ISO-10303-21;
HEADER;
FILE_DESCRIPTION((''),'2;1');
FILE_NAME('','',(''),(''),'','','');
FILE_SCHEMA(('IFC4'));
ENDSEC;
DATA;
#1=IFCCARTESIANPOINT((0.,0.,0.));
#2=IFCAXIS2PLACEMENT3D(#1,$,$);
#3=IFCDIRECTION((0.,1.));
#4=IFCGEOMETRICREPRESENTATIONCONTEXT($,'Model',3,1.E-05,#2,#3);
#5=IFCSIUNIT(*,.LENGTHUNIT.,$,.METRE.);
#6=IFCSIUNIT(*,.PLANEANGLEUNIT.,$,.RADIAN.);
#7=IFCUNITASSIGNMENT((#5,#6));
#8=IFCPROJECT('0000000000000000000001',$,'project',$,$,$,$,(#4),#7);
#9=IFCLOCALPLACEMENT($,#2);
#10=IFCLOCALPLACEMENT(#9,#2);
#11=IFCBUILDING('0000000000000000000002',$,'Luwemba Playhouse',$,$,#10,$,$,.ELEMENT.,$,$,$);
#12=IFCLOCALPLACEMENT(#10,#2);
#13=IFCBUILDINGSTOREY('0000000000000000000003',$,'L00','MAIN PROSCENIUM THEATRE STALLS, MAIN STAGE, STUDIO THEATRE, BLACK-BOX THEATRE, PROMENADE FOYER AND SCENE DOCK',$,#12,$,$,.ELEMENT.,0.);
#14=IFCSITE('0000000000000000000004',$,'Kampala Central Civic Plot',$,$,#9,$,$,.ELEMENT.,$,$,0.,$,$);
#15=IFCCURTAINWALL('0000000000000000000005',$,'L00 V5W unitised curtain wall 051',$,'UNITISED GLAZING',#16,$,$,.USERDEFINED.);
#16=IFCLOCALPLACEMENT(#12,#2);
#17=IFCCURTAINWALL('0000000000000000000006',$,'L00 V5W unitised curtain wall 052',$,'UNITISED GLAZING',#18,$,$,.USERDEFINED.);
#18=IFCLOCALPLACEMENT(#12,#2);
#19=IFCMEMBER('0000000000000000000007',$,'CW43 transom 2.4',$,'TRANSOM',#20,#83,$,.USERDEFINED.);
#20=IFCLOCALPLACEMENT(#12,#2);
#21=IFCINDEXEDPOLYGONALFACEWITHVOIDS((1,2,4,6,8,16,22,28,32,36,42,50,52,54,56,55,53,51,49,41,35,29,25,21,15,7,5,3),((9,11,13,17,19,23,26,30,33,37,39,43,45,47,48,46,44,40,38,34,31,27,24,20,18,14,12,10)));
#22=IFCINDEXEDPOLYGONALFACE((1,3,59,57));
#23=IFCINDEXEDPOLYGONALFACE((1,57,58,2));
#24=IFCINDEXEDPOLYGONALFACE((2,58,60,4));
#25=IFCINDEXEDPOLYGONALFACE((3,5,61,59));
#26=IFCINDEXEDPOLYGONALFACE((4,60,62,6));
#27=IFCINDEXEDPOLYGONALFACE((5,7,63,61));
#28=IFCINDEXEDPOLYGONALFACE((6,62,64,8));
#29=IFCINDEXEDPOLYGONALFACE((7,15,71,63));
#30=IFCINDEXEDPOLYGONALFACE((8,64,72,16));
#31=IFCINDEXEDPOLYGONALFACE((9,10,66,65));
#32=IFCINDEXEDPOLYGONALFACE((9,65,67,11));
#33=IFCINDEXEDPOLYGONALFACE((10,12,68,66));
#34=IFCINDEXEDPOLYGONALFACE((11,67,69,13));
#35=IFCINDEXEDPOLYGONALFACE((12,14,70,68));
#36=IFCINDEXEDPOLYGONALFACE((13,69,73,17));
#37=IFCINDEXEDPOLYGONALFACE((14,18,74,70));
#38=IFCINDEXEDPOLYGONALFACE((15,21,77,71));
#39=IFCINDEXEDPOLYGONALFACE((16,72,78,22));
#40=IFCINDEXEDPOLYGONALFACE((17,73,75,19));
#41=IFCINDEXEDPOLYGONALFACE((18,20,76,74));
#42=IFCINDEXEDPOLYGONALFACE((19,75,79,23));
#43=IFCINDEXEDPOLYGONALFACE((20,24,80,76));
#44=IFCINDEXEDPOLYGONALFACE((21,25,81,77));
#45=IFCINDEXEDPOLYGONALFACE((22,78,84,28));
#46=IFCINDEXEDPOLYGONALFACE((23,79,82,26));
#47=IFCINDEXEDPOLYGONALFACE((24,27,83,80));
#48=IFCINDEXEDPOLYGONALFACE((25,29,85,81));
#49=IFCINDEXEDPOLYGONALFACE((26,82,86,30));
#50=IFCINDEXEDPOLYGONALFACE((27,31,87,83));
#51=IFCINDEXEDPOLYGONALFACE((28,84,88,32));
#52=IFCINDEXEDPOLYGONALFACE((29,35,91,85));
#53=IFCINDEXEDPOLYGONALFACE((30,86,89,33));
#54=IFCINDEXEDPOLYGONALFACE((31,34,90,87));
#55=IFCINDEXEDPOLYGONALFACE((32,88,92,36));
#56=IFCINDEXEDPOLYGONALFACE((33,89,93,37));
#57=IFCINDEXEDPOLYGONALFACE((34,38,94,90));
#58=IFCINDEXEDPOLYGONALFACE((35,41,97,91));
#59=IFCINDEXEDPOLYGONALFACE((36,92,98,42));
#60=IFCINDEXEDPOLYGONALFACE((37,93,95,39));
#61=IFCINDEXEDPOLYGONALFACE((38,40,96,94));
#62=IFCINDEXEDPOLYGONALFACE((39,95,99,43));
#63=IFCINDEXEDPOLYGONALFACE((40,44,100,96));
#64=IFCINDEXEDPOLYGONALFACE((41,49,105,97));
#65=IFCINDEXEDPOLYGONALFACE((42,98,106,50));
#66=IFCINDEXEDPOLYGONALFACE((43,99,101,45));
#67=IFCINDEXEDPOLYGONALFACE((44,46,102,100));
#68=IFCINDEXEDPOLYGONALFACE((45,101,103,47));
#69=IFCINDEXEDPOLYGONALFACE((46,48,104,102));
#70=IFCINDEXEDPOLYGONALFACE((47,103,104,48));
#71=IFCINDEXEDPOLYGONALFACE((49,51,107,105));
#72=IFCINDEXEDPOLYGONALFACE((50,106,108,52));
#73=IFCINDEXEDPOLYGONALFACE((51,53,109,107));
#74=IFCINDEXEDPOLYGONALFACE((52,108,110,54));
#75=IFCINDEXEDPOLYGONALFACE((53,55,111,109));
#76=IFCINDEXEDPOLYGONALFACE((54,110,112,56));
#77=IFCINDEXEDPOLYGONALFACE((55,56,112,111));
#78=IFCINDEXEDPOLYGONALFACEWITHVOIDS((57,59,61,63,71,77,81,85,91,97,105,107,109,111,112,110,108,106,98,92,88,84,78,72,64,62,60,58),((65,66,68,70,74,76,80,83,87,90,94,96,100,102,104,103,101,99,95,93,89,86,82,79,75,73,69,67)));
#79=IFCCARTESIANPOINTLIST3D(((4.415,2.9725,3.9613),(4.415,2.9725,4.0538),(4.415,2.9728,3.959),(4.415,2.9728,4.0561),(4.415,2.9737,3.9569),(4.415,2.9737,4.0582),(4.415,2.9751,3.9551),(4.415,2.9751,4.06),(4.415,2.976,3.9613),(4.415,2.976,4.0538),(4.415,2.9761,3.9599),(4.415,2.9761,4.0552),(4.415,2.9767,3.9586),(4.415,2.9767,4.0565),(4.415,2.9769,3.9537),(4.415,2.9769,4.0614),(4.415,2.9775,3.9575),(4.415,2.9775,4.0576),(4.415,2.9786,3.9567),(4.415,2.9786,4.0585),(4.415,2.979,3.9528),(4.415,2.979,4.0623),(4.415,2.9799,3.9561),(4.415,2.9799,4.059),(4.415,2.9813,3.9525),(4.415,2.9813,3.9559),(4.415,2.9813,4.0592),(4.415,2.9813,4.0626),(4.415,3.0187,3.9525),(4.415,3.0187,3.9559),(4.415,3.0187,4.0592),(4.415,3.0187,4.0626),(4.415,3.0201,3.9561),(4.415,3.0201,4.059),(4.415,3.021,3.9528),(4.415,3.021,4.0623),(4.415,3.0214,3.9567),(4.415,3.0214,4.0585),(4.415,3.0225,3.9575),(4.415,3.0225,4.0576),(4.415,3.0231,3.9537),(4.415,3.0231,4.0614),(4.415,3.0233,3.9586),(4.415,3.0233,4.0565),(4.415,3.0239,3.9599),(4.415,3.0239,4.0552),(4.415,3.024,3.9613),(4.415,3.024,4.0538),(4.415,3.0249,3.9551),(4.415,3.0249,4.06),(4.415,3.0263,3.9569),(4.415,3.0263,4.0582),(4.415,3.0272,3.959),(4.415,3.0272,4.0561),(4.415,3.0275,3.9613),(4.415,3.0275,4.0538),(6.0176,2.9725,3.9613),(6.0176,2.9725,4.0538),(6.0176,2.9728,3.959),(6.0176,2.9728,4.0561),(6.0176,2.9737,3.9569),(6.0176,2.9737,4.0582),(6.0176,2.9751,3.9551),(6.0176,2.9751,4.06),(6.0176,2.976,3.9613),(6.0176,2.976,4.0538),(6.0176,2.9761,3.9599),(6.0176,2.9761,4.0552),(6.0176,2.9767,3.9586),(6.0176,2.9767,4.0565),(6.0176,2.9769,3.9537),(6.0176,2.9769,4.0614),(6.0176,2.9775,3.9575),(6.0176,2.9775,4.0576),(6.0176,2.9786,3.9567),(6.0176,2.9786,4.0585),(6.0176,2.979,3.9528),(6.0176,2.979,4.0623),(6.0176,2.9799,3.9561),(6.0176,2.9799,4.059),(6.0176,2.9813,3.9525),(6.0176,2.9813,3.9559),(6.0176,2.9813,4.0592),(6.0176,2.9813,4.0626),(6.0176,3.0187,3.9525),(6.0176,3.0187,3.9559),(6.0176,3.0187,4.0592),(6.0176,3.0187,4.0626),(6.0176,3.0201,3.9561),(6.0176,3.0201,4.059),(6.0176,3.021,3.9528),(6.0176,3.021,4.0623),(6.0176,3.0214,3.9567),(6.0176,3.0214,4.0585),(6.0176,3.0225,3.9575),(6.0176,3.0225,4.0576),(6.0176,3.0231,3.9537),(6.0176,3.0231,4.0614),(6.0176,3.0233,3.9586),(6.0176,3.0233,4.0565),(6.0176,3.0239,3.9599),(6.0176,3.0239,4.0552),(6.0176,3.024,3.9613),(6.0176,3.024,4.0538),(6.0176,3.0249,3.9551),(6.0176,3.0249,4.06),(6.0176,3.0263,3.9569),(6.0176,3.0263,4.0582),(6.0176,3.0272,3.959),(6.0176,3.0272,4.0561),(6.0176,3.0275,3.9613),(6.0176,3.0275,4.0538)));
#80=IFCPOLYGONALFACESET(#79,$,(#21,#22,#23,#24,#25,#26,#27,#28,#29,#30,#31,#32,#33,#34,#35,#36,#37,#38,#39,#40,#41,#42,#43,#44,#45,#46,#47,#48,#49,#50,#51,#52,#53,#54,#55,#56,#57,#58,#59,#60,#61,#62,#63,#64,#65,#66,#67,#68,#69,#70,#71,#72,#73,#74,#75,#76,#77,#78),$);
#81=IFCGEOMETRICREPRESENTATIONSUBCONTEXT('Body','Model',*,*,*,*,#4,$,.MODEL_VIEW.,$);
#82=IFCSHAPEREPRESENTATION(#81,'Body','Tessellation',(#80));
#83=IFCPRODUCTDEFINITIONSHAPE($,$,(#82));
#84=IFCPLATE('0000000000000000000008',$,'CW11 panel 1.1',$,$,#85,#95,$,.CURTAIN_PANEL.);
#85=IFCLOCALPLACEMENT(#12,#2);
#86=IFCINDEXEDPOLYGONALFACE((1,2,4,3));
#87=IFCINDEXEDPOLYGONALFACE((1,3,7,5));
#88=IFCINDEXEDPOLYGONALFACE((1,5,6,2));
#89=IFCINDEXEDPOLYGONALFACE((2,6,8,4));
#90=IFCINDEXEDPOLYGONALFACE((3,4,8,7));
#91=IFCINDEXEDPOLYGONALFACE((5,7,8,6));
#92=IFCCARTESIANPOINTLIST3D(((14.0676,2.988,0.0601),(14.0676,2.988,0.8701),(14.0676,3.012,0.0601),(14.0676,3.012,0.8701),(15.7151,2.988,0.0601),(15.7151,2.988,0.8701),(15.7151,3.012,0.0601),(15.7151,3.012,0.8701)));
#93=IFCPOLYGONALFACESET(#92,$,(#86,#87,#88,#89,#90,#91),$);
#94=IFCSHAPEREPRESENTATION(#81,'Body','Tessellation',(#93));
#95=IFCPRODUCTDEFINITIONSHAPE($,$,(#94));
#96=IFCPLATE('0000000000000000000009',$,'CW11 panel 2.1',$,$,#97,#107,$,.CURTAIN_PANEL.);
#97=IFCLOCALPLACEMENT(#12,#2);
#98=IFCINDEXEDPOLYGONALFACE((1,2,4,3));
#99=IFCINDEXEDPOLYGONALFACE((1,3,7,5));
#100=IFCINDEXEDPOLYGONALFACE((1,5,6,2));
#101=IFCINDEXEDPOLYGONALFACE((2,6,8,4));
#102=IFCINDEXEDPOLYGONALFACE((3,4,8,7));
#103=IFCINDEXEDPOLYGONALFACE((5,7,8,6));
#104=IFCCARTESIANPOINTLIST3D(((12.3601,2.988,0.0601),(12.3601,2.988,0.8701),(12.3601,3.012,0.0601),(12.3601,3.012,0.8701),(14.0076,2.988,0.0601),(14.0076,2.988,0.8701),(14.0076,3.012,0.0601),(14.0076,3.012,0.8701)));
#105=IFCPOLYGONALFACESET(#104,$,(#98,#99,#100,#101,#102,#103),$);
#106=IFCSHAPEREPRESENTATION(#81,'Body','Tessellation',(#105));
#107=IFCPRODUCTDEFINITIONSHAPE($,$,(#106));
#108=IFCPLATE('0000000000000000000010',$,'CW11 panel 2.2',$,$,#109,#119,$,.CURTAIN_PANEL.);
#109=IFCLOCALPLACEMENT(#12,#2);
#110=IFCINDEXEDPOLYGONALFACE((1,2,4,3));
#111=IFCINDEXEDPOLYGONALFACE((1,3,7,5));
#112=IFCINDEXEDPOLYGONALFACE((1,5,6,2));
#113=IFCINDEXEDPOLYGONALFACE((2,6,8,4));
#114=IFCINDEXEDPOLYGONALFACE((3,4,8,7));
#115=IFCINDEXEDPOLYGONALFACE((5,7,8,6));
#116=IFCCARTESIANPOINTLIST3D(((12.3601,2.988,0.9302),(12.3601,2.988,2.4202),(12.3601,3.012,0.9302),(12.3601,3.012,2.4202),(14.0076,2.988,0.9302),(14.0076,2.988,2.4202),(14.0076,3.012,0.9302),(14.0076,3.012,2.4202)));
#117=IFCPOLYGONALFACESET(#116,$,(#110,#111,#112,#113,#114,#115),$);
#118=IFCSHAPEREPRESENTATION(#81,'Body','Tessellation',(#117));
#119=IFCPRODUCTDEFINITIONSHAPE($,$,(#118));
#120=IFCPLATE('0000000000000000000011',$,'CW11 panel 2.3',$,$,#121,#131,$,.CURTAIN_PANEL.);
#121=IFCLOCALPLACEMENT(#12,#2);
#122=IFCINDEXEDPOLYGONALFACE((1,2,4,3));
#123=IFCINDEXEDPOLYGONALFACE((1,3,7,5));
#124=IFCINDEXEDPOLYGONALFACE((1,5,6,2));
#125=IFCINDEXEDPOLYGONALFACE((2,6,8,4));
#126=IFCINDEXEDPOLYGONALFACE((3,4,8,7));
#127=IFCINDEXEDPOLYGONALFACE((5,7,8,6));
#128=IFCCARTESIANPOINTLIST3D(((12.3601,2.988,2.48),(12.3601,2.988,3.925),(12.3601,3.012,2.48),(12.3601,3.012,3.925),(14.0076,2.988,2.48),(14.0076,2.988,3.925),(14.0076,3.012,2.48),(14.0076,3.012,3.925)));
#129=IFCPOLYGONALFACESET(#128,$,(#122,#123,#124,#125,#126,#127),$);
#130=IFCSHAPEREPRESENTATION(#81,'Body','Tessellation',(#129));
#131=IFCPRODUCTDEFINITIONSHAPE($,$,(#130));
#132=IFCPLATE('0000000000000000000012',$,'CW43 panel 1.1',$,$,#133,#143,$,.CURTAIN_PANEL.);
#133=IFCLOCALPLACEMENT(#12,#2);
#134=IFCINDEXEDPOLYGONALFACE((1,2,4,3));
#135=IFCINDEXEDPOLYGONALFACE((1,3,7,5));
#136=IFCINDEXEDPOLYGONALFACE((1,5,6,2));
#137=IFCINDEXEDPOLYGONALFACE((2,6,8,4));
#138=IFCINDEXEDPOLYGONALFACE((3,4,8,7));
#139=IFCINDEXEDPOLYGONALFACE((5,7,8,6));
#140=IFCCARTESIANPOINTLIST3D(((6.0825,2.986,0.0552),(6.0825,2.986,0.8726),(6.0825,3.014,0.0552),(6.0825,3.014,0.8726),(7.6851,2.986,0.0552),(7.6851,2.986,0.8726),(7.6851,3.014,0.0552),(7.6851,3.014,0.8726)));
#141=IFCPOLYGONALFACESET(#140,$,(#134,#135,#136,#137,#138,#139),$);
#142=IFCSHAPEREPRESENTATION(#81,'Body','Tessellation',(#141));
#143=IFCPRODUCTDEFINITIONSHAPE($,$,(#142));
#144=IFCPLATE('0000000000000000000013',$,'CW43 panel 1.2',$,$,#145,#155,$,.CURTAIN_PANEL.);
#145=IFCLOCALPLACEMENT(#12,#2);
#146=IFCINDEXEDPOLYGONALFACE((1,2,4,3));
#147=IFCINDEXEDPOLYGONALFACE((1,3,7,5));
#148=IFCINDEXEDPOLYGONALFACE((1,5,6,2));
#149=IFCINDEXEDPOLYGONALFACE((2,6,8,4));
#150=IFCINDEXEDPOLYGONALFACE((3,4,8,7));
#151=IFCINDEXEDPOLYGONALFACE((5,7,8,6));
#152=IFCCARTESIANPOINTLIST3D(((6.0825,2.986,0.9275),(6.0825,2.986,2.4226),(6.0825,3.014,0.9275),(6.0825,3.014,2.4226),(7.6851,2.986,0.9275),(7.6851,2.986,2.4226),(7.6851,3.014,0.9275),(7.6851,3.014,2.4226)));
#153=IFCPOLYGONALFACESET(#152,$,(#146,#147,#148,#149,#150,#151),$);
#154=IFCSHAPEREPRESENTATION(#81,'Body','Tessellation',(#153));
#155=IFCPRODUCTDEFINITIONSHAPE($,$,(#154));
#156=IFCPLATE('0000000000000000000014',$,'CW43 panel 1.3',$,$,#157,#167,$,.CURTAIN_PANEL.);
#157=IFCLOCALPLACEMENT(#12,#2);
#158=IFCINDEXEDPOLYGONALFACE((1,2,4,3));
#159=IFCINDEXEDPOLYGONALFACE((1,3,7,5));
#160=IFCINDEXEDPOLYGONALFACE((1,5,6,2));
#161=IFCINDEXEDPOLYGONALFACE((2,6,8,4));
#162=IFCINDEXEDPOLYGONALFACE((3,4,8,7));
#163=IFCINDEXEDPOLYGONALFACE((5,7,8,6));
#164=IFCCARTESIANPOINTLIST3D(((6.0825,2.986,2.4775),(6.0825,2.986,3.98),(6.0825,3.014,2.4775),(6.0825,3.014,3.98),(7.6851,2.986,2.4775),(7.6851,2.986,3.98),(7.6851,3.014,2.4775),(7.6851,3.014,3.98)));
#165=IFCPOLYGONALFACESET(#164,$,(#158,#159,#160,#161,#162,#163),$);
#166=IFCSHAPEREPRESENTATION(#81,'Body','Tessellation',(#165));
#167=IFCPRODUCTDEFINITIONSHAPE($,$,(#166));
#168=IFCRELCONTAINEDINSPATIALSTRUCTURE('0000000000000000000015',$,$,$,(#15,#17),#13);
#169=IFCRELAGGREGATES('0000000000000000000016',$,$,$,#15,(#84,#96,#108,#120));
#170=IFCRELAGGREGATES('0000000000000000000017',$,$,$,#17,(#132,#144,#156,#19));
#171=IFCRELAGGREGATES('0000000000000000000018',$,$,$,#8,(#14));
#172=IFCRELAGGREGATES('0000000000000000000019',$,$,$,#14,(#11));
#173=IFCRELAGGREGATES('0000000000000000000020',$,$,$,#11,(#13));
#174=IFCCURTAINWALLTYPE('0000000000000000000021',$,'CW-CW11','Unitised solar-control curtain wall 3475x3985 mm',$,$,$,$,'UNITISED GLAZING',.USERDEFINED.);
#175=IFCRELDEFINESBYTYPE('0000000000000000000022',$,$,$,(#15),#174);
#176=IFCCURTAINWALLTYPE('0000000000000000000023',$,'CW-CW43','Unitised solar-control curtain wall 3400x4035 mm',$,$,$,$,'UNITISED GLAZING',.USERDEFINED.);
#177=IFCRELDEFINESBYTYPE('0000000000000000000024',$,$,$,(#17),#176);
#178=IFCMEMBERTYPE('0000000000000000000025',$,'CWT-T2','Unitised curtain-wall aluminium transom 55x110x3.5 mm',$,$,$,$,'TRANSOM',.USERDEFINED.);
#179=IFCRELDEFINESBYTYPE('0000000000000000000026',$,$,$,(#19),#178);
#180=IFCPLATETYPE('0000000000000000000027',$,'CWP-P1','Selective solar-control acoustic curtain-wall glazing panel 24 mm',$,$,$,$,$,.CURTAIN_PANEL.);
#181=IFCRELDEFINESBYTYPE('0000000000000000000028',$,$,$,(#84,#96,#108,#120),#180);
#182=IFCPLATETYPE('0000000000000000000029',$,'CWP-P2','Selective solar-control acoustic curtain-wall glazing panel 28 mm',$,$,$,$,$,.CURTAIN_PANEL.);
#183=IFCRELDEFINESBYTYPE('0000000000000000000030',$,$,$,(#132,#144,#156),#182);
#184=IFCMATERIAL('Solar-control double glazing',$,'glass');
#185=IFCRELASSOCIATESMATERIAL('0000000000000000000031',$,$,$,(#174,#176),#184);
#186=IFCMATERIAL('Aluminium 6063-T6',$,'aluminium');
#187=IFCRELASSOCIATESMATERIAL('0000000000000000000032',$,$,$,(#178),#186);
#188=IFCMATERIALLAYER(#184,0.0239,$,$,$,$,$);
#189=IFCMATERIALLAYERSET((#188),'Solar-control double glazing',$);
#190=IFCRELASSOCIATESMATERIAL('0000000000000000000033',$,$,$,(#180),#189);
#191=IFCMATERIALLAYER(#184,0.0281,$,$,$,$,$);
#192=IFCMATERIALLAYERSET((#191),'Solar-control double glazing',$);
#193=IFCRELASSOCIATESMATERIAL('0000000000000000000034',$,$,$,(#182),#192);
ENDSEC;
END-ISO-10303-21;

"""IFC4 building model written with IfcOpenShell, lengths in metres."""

from ifc_helpers import new_model, si_unit, direction, frame, origin, origin_2d, place, context, subcontext, project, spatial, rectangle, hollow_rectangle, extrude, material, layer, layer_set, material_profile, profile_set, type_object, element, aggregate, save


model = new_model("IFC4")

# Units and contexts
model_context = context("Model", 3, precision=1e-05, world=origin(), true_north=direction((0.0, 1.0)))
body_context = subcontext(model_context, "Body", "Model", "MODEL_VIEW")
ifc_project = project(units=[si_unit("LENGTHUNIT", "METRE"), si_unit("PLANEANGLEUNIT", "RADIAN")], contexts=[model_context])

# Site, building, storey
site_placement = place(None, origin())
site = spatial("IfcSite", under=ifc_project, at=site_placement, Name="Kampala Central Civic Plot", CompositionType="ELEMENT", RefElevation=0.0)
building_placement = place(site_placement, origin())
building = spatial("IfcBuilding", under=site, at=building_placement, Name="Luwemba Playhouse", CompositionType="ELEMENT")
storey_placement = place(building_placement, origin())
storey = spatial("IfcBuildingStorey", under=building, at=storey_placement, Name="L00", Description="MAIN PROSCENIUM THEATRE STALLS, MAIN STAGE, STUDIO THEATRE, BLACK-BOX THEATRE, PROMENADE FOYER AND SCENE DOCK", CompositionType="ELEMENT", Elevation=0.0)

# Curtain walls
ifc_material_1 = material(Name="Solar-control double glazing", Category="glass")
curtain_wall_type_1 = type_object("IfcCurtainWallType", Name="CW-CW11", Description="Unitised solar-control curtain wall 3475x3985 mm", ElementType="UNITISED GLAZING", PredefinedType="USERDEFINED", material=ifc_material_1)
curtain_wall_1_placement = place(storey_placement, origin())
curtain_wall_1 = element("IfcCurtainWall", 1, at=curtain_wall_1_placement, inside=storey, type_object=curtain_wall_type_1, Name="L00 V5W unitised curtain wall 051", ObjectType="UNITISED GLAZING", PredefinedType="USERDEFINED")
ifc_material_2 = material(Name="Aluminium 6063-T6", Category="aluminium")
curtain_wall_type_2 = type_object("IfcCurtainWallType", Name="CW-CW43", Description="Unitised solar-control curtain wall 3400x4035 mm", ElementType="UNITISED GLAZING", PredefinedType="USERDEFINED", material=ifc_material_1)
curtain_wall_2_placement = place(storey_placement, origin())
curtain_wall_2 = element("IfcCurtainWall", 2, at=curtain_wall_2_placement, inside=storey, type_object=curtain_wall_type_2, Name="L00 V5W unitised curtain wall 052", ObjectType="UNITISED GLAZING", PredefinedType="USERDEFINED")

# Member
ifc_material_profile_1 = material_profile(ifc_material_2, hollow_rectangle(XDim=0.0549, YDim=0.1101, WallThickness=0.0034, InnerFilletRadius=0.0054, OuterFilletRadius=0.0088, at=origin_2d()))
ifc_profile_set_1 = profile_set([ifc_material_profile_1], Name="Aluminium 6063-T6")
member_type_1 = type_object("IfcMemberType", Name="CWT-T2", Description="Unitised curtain-wall aluminium transom 55x110x3.5 mm", ElementType="TRANSOM", PredefinedType="USERDEFINED", material=ifc_profile_set_1)
member_1_placement = place(storey_placement, frame((6.0176, 3.0, 4.0076), z_axis=(-1.0, 0.0, 0.0), x_axis=(0.0, -1.0, 0.0)))
member_1 = element("IfcMember", 3, at=member_1_placement, type_object=member_type_1, Name="CW43 transom 2.4", ObjectType="TRANSOM", PredefinedType="USERDEFINED", context=body_context, shape_type="SweptSolid", body=[
    extrude(hollow_rectangle(XDim=0.0549, YDim=0.1101, WallThickness=0.0034, InnerFilletRadius=0.0054, OuterFilletRadius=0.0088, at=origin_2d()), origin(), (0.0, 0.0, 1.0), 1.6025),
])

# Plates
ifc_layer_1 = layer(ifc_material_1, 0.0239)
ifc_layer_set_1 = layer_set([ifc_layer_1], Name="Solar-control double glazing")
plate_type_1 = type_object("IfcPlateType", Name="CWP-P1", Description="Selective solar-control acoustic curtain-wall glazing panel 24 mm", PredefinedType="CURTAIN_PANEL", material=ifc_layer_set_1)
plate_1_placement = place(storey_placement, frame((14.8914, 3.0, 0.0601), z_axis=(0.0, 0.0, 1.0), x_axis=(-1.0, 0.0, 0.0)))
plate_1 = element("IfcPlate", 4, at=plate_1_placement, type_object=plate_type_1, Name="CW11 panel 1.1", PredefinedType="CURTAIN_PANEL", context=body_context, shape_type="SweptSolid", body=[
    extrude(rectangle(XDim=1.6475, YDim=0.0239, at=origin_2d()), origin(), (0.0, 0.0, 1.0), 0.8101),
])
plate_2_placement = place(storey_placement, frame((13.1838, 3.0, 0.0601), z_axis=(0.0, 0.0, 1.0), x_axis=(-1.0, 0.0, 0.0)))
plate_2 = element("IfcPlate", 5, at=plate_2_placement, type_object=plate_type_1, Name="CW11 panel 2.1", PredefinedType="CURTAIN_PANEL", context=body_context, shape_type="SweptSolid", body=[
    extrude(rectangle(XDim=1.6475, YDim=0.0239, at=origin_2d()), origin(), (0.0, 0.0, 1.0), 0.8101),
])
plate_3_placement = place(storey_placement, frame((13.1838, 3.0, 0.9302), z_axis=(0.0, 0.0, 1.0), x_axis=(-1.0, 0.0, 0.0)))
plate_3 = element("IfcPlate", 6, at=plate_3_placement, type_object=plate_type_1, Name="CW11 panel 2.2", PredefinedType="CURTAIN_PANEL", context=body_context, shape_type="SweptSolid", body=[
    extrude(rectangle(XDim=1.6475, YDim=0.0239, at=origin_2d()), origin(), (0.0, 0.0, 1.0), 1.49),
])
plate_4_placement = place(storey_placement, frame((13.1838, 3.0, 2.48), z_axis=(0.0, 0.0, 1.0), x_axis=(-1.0, 0.0, 0.0)))
plate_4 = element("IfcPlate", 7, at=plate_4_placement, type_object=plate_type_1, Name="CW11 panel 2.3", PredefinedType="CURTAIN_PANEL", context=body_context, shape_type="SweptSolid", body=[
    extrude(rectangle(XDim=1.6475, YDim=0.0239, at=origin_2d()), origin(), (0.0, 0.0, 1.0), 1.4451),
])
aggregate(curtain_wall_1, [plate_1, plate_2, plate_3, plate_4])
ifc_layer_2 = layer(ifc_material_1, 0.0281)
ifc_layer_set_2 = layer_set([ifc_layer_2], Name="Solar-control double glazing")
plate_type_2 = type_object("IfcPlateType", Name="CWP-P2", Description="Selective solar-control acoustic curtain-wall glazing panel 28 mm", PredefinedType="CURTAIN_PANEL", material=ifc_layer_set_2)
plate_5_placement = place(storey_placement, frame((6.8838, 3.0, 0.0552), z_axis=(0.0, 0.0, 1.0), x_axis=(-1.0, 0.0, 0.0)))
plate_5 = element("IfcPlate", 8, at=plate_5_placement, type_object=plate_type_2, Name="CW43 panel 1.1", PredefinedType="CURTAIN_PANEL", context=body_context, shape_type="SweptSolid", body=[
    extrude(rectangle(XDim=1.6025, YDim=0.0281, at=origin_2d()), origin(), (0.0, 0.0, 1.0), 0.8174),
])
plate_6_placement = place(storey_placement, frame((6.8838, 3.0, 0.9275), z_axis=(0.0, 0.0, 1.0), x_axis=(-1.0, 0.0, 0.0)))
plate_6 = element("IfcPlate", 9, at=plate_6_placement, type_object=plate_type_2, Name="CW43 panel 1.2", PredefinedType="CURTAIN_PANEL", context=body_context, shape_type="SweptSolid", body=[
    extrude(rectangle(XDim=1.6025, YDim=0.0281, at=origin_2d()), origin(), (0.0, 0.0, 1.0), 1.4951),
])
plate_7_placement = place(storey_placement, frame((6.8838, 3.0, 2.4775), z_axis=(0.0, 0.0, 1.0), x_axis=(-1.0, 0.0, 0.0)))
plate_7 = element("IfcPlate", 10, at=plate_7_placement, type_object=plate_type_2, Name="CW43 panel 1.3", PredefinedType="CURTAIN_PANEL", context=body_context, shape_type="SweptSolid", body=[
    extrude(rectangle(XDim=1.6025, YDim=0.0281, at=origin_2d()), origin(), (0.0, 0.0, 1.0), 1.5024),
])
aggregate(curtain_wall_2, [plate_5, plate_6, plate_7, member_1])

save(model, "model.ifc")
